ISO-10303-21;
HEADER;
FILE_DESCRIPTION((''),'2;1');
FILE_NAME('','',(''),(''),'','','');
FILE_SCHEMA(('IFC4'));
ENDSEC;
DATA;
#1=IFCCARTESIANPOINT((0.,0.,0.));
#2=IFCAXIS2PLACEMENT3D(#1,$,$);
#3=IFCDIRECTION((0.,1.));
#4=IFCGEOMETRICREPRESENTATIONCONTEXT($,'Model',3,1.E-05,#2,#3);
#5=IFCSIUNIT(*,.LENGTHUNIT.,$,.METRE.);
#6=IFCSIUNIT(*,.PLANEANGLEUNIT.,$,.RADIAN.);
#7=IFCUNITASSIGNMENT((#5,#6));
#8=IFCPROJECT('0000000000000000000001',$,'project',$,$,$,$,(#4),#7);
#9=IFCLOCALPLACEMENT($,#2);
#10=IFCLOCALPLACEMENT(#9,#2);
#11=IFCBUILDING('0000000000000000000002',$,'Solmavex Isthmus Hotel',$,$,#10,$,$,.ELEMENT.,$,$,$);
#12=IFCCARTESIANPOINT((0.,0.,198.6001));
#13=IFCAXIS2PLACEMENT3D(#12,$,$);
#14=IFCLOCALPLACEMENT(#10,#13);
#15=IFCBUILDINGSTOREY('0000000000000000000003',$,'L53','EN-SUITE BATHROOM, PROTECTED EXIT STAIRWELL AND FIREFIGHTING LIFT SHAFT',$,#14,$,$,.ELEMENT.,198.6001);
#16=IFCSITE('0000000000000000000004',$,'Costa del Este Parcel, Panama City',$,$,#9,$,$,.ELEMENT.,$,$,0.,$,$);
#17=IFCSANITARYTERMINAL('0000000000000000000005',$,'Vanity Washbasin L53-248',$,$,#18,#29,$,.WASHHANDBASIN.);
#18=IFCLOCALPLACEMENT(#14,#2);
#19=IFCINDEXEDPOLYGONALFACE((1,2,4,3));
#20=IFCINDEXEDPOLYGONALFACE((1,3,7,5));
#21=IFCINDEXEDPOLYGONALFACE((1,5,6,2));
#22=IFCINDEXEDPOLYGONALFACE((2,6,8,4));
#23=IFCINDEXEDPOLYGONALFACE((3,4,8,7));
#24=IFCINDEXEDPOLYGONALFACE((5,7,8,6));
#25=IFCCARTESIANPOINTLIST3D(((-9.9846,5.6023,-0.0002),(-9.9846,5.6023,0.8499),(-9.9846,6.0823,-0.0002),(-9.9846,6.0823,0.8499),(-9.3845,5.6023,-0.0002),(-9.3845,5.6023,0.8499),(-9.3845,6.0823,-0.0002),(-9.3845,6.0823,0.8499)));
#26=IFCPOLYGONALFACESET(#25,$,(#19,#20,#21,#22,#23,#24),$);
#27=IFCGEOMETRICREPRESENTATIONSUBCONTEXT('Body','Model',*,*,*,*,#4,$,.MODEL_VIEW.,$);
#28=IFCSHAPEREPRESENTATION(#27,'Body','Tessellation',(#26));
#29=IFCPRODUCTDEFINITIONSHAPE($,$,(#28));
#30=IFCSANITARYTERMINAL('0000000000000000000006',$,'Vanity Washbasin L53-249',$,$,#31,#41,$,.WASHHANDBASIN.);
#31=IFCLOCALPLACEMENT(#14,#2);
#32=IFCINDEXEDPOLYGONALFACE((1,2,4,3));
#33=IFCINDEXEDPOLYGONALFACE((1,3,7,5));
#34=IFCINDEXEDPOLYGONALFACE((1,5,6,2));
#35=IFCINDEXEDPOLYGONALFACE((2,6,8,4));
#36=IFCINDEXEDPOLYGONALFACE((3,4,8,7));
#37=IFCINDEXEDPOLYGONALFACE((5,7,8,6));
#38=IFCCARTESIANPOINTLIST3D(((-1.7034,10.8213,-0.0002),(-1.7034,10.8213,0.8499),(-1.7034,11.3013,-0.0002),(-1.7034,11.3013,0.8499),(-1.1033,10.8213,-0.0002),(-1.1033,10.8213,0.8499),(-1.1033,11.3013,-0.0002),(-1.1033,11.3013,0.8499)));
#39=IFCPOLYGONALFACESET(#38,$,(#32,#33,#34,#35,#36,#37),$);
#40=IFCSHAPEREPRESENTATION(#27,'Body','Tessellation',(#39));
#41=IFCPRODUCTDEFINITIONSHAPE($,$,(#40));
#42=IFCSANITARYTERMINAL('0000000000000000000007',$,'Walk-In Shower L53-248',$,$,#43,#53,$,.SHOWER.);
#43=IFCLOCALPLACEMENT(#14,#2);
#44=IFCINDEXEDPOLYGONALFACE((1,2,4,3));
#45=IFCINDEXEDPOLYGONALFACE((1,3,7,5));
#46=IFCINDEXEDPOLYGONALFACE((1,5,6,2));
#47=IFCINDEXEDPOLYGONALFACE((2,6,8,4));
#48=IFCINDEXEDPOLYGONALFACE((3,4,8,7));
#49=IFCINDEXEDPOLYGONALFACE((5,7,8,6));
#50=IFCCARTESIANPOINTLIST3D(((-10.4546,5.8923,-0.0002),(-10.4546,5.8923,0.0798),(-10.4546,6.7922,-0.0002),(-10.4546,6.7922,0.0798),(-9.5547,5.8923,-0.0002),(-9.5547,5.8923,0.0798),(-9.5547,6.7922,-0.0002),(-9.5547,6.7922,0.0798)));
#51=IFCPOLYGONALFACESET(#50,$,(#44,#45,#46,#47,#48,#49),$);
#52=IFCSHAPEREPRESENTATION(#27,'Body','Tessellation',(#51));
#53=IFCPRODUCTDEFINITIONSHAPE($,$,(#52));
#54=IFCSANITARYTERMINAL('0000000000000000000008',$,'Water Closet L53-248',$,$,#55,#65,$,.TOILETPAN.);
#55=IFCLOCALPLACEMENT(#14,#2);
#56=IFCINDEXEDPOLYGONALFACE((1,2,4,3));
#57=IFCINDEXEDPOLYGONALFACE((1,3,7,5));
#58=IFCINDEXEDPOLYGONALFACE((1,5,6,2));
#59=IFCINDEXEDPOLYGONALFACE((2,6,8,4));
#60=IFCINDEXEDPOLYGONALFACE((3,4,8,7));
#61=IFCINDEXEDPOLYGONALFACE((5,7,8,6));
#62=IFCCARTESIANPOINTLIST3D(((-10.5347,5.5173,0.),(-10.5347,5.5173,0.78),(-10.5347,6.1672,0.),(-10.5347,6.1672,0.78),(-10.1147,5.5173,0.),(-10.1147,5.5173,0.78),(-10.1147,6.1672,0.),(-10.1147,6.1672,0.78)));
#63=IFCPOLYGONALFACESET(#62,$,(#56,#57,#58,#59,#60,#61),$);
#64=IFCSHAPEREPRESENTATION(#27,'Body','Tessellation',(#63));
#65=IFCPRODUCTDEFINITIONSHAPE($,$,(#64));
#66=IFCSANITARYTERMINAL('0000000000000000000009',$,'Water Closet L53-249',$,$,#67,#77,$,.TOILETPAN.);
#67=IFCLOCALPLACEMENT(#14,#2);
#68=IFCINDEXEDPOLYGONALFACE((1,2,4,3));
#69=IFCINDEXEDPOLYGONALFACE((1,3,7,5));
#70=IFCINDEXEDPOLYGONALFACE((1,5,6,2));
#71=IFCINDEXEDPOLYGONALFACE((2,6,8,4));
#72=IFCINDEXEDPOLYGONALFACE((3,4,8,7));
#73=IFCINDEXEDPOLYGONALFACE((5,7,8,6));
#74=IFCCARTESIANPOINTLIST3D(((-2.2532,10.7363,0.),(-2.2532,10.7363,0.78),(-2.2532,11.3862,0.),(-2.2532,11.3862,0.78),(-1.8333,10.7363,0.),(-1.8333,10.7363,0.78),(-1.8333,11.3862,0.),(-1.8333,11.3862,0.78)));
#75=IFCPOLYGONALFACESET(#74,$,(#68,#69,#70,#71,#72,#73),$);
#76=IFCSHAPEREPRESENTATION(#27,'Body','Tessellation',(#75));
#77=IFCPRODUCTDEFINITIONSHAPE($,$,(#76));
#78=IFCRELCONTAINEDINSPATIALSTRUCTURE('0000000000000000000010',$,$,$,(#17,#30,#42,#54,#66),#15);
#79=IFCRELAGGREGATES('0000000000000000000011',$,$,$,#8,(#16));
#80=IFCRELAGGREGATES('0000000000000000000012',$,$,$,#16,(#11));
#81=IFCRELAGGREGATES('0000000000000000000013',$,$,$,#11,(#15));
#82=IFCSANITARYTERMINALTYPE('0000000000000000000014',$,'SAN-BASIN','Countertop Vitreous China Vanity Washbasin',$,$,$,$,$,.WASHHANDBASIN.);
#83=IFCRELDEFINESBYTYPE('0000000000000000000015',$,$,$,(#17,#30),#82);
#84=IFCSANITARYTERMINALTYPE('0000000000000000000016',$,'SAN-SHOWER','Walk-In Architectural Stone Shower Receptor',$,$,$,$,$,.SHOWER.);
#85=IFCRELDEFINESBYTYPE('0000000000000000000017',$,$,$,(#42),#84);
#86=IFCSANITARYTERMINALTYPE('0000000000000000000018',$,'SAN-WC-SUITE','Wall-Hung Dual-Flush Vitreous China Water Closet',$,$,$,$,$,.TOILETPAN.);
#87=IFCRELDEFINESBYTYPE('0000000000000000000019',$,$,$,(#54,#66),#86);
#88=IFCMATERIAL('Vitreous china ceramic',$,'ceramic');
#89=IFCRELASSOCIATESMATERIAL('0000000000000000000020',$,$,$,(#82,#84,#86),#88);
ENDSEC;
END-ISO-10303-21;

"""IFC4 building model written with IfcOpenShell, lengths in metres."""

from ifc_helpers import new_model, si_unit, direction, frame, origin, origin_2d, place, context, subcontext, project, spatial, rectangle, extrude, material, type_object, element, save


model = new_model("IFC4")

# Units and contexts
model_context = context("Model", 3, precision=1e-05, world=origin(), true_north=direction((0.0, 1.0)))
body_context = subcontext(model_context, "Body", "Model", "MODEL_VIEW")
ifc_project = project(units=[si_unit("LENGTHUNIT", "METRE"), si_unit("PLANEANGLEUNIT", "RADIAN")], contexts=[model_context])

# Site, building, storey
site_placement = place(None, origin())
site = spatial("IfcSite", under=ifc_project, at=site_placement, Name="Costa del Este Parcel, Panama City", CompositionType="ELEMENT", RefElevation=0.0)
building_placement = place(site_placement, origin())
building = spatial("IfcBuilding", under=site, at=building_placement, Name="Solmavex Isthmus Hotel", CompositionType="ELEMENT")
storey_placement = place(building_placement, frame((0.0, 0.0, 198.6001)))
storey = spatial("IfcBuildingStorey", under=building, at=storey_placement, Name="L53", Description="EN-SUITE BATHROOM, PROTECTED EXIT STAIRWELL AND FIREFIGHTING LIFT SHAFT", CompositionType="ELEMENT", Elevation=198.6001)

# Sanitary terminals
ifc_material_1 = material(Name="Vitreous china ceramic", Category="ceramic")
sanitary_terminal_type_1 = type_object("IfcSanitaryTerminalType", Name="SAN-BASIN", Description="Countertop Vitreous China Vanity Washbasin", PredefinedType="WASHHANDBASIN", material=ifc_material_1)
for number, where, z_axis, x_axis, name in (
    (1, (-9.6846, 5.8423, -0.0002), (0.0, 0.0, 1.0), (1.0, 0.0, 0.0), "Vanity Washbasin L53-248"),
    (2, (-1.4033, 11.0613, -0.0002), (0.0, 0.0, 1.0), (1.0, 0.0, 0.0), "Vanity Washbasin L53-249"),
):
    element("IfcSanitaryTerminal", number, at=place(storey_placement, frame(where, z_axis=z_axis, x_axis=x_axis)), inside=storey, type_object=sanitary_terminal_type_1, Name=name, PredefinedType="WASHHANDBASIN", context=body_context, shape_type="SweptSolid", body=[
        extrude(rectangle(XDim=0.6001, YDim=0.48, at=origin_2d()), origin(), (0.0, 0.0, 1.0), 0.8501),
    ])
sanitary_terminal_type_2 = type_object("IfcSanitaryTerminalType", Name="SAN-SHOWER", Description="Walk-In Architectural Stone Shower Receptor", PredefinedType="SHOWER", material=ifc_material_1)
sanitary_terminal_placement = place(storey_placement, frame((-10.0046, 6.3423, -0.0002), z_axis=(0.0, 0.0, 1.0), x_axis=(1.0, 0.0, 0.0)))
element("IfcSanitaryTerminal", 3, at=sanitary_terminal_placement, inside=storey, type_object=sanitary_terminal_type_2, Name="Walk-In Shower L53-248", PredefinedType="SHOWER", context=body_context, shape_type="SweptSolid", body=[
    extrude(rectangle(XDim=0.8999, YDim=0.8999, at=origin_2d()), origin(), (0.0, 0.0, 1.0), 0.0801),
])
sanitary_terminal_type_3 = type_object("IfcSanitaryTerminalType", Name="SAN-WC-SUITE", Description="Wall-Hung Dual-Flush Vitreous China Water Closet", PredefinedType="TOILETPAN", material=ifc_material_1)
for number, where, z_axis, x_axis, name in (
    (4, (-10.3247, 5.8423, 0.0), (0.0, 0.0, 1.0), (1.0, 0.0, 0.0), "Water Closet L53-248"),
    (5, (-2.0432, 11.0613, 0.0), (0.0, 0.0, 1.0), (1.0, 0.0, 0.0), "Water Closet L53-249"),
):
    element("IfcSanitaryTerminal", number, at=place(storey_placement, frame(where, z_axis=z_axis, x_axis=x_axis)), inside=storey, type_object=sanitary_terminal_type_3, Name=name, PredefinedType="TOILETPAN", context=body_context, shape_type="SweptSolid", body=[
        extrude(rectangle(XDim=0.4199, YDim=0.6499, at=origin_2d()), origin(), (0.0, 0.0, 1.0), 0.78),
    ])

save(model, "model.ifc")
